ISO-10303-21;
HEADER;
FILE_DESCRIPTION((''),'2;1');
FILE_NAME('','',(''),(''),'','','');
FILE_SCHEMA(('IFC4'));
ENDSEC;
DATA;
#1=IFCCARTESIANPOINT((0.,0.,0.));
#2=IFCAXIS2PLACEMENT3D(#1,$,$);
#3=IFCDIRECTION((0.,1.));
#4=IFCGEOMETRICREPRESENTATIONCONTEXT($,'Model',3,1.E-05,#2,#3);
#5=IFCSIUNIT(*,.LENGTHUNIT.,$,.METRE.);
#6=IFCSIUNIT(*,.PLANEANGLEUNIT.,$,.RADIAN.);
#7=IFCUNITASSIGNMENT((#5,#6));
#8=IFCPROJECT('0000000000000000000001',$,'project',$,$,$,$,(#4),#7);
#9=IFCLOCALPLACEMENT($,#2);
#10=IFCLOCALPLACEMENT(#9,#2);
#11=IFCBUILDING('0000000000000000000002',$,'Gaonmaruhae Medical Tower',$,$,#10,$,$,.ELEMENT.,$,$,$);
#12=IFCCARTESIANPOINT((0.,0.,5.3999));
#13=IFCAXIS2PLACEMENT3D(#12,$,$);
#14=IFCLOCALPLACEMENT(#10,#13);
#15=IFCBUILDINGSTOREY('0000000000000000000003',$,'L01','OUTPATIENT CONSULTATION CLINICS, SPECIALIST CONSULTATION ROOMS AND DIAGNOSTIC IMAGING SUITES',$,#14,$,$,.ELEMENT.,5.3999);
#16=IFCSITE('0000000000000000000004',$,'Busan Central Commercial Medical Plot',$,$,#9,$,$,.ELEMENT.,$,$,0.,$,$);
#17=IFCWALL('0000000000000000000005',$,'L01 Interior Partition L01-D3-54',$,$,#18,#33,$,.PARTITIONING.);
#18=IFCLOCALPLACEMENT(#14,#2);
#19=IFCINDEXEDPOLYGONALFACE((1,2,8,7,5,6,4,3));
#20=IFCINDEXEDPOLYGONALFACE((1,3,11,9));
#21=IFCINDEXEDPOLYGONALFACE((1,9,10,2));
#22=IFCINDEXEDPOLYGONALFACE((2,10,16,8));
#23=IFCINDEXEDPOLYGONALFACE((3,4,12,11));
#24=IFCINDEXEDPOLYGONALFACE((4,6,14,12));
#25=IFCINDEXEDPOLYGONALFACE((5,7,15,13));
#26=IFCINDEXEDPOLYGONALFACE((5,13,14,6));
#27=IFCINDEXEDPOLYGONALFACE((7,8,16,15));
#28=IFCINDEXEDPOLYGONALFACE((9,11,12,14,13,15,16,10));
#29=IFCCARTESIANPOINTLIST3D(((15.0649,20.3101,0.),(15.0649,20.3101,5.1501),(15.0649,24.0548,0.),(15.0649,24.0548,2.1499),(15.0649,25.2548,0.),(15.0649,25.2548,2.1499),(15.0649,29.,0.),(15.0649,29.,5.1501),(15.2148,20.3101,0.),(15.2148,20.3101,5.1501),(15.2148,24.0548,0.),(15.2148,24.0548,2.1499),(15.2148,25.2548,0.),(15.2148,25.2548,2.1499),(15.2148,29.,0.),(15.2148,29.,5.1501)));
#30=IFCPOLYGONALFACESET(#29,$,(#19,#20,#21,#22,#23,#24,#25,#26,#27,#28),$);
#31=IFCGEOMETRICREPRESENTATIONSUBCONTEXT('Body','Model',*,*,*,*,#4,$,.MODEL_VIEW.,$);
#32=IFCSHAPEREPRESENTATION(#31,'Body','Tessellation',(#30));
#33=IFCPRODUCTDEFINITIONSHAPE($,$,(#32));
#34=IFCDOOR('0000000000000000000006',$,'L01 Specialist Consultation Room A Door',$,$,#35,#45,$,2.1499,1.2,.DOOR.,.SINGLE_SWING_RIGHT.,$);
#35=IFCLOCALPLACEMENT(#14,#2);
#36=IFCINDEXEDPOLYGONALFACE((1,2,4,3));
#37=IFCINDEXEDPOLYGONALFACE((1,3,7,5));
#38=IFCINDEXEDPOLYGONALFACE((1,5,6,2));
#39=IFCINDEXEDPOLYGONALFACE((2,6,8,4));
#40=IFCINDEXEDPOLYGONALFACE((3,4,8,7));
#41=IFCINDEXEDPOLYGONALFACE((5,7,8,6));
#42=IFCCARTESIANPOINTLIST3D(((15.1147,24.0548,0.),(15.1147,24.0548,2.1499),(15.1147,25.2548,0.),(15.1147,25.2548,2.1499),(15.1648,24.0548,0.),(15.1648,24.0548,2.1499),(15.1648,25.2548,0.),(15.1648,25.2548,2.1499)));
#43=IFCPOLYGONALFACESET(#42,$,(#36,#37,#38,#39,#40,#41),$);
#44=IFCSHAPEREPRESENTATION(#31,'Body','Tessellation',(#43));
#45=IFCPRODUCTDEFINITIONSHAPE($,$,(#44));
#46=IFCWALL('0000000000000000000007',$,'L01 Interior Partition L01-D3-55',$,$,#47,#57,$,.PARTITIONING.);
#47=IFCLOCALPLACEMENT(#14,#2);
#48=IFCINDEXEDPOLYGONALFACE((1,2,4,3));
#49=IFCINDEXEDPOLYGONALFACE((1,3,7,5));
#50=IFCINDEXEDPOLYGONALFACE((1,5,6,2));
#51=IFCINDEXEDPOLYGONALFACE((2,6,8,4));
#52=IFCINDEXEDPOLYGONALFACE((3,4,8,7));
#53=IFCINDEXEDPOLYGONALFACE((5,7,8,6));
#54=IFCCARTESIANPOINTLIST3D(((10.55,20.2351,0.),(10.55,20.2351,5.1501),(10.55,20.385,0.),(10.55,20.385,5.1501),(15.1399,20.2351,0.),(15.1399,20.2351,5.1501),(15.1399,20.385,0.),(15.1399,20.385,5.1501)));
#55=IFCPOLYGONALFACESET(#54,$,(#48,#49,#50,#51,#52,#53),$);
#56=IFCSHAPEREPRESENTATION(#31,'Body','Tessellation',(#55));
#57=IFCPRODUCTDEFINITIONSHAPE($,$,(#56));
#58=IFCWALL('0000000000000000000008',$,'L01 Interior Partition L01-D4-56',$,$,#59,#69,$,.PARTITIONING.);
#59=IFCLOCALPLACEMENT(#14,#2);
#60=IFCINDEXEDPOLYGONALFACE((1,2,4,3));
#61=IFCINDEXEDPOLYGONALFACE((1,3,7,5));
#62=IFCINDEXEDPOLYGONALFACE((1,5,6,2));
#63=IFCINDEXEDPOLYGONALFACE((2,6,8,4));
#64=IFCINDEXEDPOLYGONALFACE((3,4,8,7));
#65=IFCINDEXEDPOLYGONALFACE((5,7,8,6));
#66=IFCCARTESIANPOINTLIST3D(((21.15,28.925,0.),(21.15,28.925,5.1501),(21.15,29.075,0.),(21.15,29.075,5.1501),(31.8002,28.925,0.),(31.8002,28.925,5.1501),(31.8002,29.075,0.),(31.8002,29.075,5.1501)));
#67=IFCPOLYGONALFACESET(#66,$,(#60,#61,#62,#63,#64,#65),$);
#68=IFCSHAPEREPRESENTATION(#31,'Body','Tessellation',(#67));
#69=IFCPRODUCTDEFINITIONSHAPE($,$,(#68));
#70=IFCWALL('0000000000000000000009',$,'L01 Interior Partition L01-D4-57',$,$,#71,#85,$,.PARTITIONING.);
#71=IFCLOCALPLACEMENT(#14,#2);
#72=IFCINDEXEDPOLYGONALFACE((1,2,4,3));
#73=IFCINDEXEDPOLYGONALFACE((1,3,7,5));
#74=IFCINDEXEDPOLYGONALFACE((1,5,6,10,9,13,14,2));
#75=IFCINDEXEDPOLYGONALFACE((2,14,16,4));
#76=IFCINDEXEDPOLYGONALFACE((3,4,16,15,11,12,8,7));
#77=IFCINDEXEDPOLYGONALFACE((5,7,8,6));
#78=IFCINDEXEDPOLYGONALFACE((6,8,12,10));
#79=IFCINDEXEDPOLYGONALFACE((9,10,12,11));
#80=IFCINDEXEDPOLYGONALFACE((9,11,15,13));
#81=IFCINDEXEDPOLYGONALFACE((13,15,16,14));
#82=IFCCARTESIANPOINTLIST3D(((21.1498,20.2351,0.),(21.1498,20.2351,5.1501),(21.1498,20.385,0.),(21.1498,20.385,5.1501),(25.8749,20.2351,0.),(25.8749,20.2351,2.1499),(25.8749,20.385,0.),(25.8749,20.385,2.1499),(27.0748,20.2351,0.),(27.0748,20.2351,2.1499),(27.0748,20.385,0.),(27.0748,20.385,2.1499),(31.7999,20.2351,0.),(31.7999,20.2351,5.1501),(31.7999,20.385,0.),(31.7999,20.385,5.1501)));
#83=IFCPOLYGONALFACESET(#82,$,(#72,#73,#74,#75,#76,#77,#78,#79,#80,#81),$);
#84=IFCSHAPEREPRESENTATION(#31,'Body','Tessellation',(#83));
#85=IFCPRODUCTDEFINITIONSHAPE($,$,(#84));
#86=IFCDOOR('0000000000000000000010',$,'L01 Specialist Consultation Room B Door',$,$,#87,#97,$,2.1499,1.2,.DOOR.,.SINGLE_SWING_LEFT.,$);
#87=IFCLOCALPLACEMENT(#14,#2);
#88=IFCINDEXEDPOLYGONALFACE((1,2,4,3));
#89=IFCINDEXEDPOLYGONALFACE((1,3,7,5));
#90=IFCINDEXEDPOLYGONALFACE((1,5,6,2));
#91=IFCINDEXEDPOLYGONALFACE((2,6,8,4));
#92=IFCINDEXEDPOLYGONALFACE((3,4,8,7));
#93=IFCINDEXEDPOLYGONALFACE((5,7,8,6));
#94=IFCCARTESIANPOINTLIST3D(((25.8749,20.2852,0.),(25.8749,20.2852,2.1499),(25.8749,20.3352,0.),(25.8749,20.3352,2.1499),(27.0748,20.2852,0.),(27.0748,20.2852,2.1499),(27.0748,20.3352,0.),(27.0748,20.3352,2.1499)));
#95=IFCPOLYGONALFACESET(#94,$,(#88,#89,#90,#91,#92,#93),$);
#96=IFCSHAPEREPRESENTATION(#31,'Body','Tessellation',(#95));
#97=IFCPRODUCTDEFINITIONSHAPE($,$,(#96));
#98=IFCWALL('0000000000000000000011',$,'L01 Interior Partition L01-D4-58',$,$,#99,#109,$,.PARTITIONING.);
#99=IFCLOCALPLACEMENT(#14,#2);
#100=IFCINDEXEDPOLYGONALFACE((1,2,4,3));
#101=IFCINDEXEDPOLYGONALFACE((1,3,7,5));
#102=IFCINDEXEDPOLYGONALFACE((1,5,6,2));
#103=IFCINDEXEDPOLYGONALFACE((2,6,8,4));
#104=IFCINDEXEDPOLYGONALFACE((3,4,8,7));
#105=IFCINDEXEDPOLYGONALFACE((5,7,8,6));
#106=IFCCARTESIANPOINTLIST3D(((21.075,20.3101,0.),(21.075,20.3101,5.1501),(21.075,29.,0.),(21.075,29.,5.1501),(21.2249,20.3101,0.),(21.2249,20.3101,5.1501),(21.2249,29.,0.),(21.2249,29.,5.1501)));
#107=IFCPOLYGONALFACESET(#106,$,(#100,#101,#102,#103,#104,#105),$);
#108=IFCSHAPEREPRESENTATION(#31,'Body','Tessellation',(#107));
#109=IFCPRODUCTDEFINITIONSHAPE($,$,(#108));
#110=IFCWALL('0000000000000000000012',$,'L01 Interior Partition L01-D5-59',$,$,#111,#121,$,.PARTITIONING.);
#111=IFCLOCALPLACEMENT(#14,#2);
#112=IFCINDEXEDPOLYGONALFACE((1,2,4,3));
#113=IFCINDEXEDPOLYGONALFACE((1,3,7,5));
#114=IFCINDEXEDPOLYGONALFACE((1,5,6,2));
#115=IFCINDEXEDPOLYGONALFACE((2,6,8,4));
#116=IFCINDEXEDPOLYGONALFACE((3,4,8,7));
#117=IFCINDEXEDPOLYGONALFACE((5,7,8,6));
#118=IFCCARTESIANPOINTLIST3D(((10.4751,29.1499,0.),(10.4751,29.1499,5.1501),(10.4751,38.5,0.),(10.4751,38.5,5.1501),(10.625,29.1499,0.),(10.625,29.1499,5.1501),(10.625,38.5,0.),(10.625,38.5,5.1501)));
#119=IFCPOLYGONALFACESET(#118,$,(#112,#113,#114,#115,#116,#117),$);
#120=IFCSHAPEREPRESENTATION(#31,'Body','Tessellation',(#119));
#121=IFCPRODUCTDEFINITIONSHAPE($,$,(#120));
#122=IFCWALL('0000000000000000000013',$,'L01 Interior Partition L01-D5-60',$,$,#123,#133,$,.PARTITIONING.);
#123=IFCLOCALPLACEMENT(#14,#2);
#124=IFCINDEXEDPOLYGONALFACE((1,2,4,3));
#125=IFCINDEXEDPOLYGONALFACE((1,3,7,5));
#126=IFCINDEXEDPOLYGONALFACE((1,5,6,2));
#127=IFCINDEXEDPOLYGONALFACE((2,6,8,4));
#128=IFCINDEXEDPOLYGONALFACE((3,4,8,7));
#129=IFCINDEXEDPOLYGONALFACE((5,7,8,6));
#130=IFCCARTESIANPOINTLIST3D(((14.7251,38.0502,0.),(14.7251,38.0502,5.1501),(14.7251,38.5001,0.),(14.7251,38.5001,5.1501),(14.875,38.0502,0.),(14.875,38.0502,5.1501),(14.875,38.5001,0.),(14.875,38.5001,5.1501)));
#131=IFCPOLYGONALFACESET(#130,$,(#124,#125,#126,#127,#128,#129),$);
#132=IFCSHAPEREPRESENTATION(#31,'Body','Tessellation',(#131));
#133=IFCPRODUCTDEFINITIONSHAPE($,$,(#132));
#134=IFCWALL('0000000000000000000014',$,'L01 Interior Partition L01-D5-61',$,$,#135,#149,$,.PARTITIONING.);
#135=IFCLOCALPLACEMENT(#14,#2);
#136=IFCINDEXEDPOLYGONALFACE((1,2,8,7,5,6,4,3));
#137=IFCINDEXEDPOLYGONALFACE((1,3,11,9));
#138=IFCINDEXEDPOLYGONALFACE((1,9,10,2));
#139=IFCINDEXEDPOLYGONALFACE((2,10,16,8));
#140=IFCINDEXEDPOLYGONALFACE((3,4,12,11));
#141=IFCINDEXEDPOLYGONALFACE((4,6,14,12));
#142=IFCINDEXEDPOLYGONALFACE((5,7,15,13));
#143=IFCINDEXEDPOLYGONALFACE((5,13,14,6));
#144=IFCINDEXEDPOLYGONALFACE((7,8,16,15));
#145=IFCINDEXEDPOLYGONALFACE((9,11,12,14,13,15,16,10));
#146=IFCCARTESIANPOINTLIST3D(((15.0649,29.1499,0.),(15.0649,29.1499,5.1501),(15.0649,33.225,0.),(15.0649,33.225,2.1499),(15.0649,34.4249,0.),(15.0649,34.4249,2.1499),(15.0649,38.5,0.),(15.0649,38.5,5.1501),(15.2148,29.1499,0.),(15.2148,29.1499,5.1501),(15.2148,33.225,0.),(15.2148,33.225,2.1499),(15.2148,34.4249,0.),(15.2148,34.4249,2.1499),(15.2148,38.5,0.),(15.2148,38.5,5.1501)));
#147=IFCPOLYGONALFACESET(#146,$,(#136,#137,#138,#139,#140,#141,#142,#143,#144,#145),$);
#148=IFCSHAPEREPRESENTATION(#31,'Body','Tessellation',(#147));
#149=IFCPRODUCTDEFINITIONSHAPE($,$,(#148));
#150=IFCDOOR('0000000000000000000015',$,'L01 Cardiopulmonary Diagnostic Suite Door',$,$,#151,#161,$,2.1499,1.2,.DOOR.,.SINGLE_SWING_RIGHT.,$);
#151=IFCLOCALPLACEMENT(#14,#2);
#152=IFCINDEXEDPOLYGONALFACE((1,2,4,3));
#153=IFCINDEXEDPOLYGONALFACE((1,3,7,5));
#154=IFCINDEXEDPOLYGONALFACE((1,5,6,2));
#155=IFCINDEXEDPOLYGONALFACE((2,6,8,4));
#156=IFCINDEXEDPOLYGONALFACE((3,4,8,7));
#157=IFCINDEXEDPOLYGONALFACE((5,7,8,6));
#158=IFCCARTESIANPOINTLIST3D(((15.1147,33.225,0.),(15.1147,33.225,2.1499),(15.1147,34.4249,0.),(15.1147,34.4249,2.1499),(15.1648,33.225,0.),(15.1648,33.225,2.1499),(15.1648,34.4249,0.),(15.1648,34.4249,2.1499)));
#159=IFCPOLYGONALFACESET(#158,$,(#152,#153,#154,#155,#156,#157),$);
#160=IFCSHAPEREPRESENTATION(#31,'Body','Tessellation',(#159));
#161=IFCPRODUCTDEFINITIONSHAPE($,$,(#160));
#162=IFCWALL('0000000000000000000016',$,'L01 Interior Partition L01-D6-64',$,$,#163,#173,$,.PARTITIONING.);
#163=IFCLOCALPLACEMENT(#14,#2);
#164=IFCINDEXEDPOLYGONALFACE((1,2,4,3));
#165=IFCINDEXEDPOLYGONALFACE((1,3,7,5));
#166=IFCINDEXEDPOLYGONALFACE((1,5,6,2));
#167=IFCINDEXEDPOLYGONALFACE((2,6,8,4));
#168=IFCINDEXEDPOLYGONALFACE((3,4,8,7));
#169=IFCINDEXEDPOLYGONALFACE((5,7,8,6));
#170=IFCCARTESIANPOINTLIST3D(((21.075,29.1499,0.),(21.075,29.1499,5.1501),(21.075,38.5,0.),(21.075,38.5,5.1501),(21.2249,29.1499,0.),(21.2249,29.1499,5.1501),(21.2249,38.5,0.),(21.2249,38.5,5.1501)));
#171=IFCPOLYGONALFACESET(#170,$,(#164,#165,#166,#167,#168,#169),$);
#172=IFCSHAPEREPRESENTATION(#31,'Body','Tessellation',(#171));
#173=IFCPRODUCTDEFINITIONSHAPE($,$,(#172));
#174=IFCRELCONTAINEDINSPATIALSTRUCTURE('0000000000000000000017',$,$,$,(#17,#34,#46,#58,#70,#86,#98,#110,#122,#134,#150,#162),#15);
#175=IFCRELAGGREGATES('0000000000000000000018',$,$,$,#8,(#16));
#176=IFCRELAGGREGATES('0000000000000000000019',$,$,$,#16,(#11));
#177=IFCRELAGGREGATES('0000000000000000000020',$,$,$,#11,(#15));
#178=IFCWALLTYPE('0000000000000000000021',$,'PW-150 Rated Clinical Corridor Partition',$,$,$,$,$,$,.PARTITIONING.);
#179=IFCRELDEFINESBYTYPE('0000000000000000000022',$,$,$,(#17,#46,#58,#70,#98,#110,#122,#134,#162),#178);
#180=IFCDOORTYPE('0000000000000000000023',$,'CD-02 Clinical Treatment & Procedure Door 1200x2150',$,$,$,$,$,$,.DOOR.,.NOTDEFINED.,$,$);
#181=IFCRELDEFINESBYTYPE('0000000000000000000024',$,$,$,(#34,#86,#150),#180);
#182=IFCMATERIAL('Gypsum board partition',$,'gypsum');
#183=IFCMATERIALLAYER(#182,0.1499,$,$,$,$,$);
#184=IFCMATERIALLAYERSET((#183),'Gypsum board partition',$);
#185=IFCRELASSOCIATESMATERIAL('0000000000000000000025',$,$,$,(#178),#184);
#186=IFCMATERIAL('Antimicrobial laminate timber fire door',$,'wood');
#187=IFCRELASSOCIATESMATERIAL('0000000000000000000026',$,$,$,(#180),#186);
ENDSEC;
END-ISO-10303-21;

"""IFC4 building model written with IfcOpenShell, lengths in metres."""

from ifc_helpers import new_model, si_unit, direction, frame, frame_2d, origin, place, context, subcontext, project, spatial, rectangle, extrude, material, layer, layer_set, type_object, element, fill, save


model = new_model("IFC4")

# Units and contexts
model_context = context("Model", 3, precision=1e-05, world=origin(), true_north=direction((0.0, 1.0)))
body_context = subcontext(model_context, "Body", "Model", "MODEL_VIEW")
ifc_project = project(units=[si_unit("LENGTHUNIT", "METRE"), si_unit("PLANEANGLEUNIT", "RADIAN")], contexts=[model_context])

# Site, building, storey
site_placement = place(None, origin())
site = spatial("IfcSite", under=ifc_project, at=site_placement, Name="Busan Central Commercial Medical Plot", CompositionType="ELEMENT", RefElevation=0.0)
building_placement = place(site_placement, origin())
building = spatial("IfcBuilding", under=site, at=building_placement, Name="Gaonmaruhae Medical Tower", CompositionType="ELEMENT")
storey_placement = place(building_placement, frame((0.0, 0.0, 5.3999)))
storey = spatial("IfcBuildingStorey", under=building, at=storey_placement, Name="L01", Description="OUTPATIENT CONSULTATION CLINICS, SPECIALIST CONSULTATION ROOMS AND DIAGNOSTIC IMAGING SUITES", CompositionType="ELEMENT", Elevation=5.3999)

# Shared definitions
ifc_material_1 = material(Name="Gypsum board partition", Category="gypsum")
ifc_layer_1 = layer(ifc_material_1, 0.1499)
ifc_layer_set_1 = layer_set([ifc_layer_1], Name="Gypsum board partition")
wall_type_1 = type_object("IfcWallType", Name="PW-150 Rated Clinical Corridor Partition", PredefinedType="PARTITIONING", material=ifc_layer_set_1)

# Wall, opening, door
wall_1_placement = place(storey_placement, frame((15.1399, 29.0, 0.0), z_axis=(0.0, 0.0, 1.0), x_axis=(0.0, -1.0, 0.0)))
wall_1 = element("IfcWall", 1, at=wall_1_placement, inside=storey, type_object=wall_type_1, Name="L01 Interior Partition L01-D3-54", PredefinedType="PARTITIONING", context=body_context, shape_type="SweptSolid", body=[
    extrude(rectangle(XDim=8.6899, YDim=0.1499, at=frame_2d((4.345, 0.0))), origin(), (0.0, 0.0, 1.0), 5.1501),
])
opening_1_placement = place(wall_1_placement, frame((3.7451, 0.0, 0.0)))
opening_1 = element("IfcOpeningElement", 2, at=opening_1_placement, cuts=wall_1, PredefinedType="OPENING", context=body_context, shape_type="SweptSolid", body=[
    extrude(rectangle(XDim=1.2, YDim=2.1499, at=frame_2d((0.6001, 1.075))), frame((0.0, 0.085, 0.0), z_axis=(0.0, -1.0, 0.0), x_axis=(1.0, 0.0, 0.0)), (0.0, 0.0, 1.0), 0.1699),
])
ifc_material_2 = material(Name="Antimicrobial laminate timber fire door", Category="wood")
door_type_1 = type_object("IfcDoorType", Name="CD-02 Clinical Treatment & Procedure Door 1200x2150", OperationType="NOTDEFINED", PredefinedType="DOOR", material=ifc_material_2)
door_1_placement = place(opening_1_placement, origin())
door_1 = element("IfcDoor", 3, at=door_1_placement, inside=storey, type_object=door_type_1, Name="L01 Specialist Consultation Room A Door", OperationType="SINGLE_SWING_RIGHT", OverallHeight=2.1499, OverallWidth=1.2, PredefinedType="DOOR", context=body_context, shape_type="SweptSolid", body=[
    extrude(rectangle(XDim=1.2, YDim=2.1499, at=frame_2d((0.6001, 1.075))), frame((0.0, 0.0249, 0.0), z_axis=(0.0, -1.0, 0.0), x_axis=(1.0, 0.0, 0.0)), (0.0, 0.0, 1.0), 0.05),
])
fill(opening_1, door_1)

# Walls
wall_2_placement = place(storey_placement, frame((15.1399, 20.3101, 0.0), z_axis=(0.0, 0.0, 1.0), x_axis=(-1.0, 0.0, 0.0)))
element("IfcWall", 4, at=wall_2_placement, inside=storey, type_object=wall_type_1, Name="L01 Interior Partition L01-D3-55", PredefinedType="PARTITIONING", context=body_context, shape_type="SweptSolid", body=[
    extrude(rectangle(XDim=4.5898, YDim=0.1499, at=frame_2d((2.2949, 0.0))), origin(), (0.0, 0.0, 1.0), 5.1501),
])
wall_3_placement = place(storey_placement, frame((21.1499, 29.0, 0.0), z_axis=(0.0, 0.0, 1.0), x_axis=(1.0, 0.0, 0.0)))
element("IfcWall", 5, at=wall_3_placement, inside=storey, type_object=wall_type_1, Name="L01 Interior Partition L01-D4-56", PredefinedType="PARTITIONING", context=body_context, shape_type="SweptSolid", body=[
    extrude(rectangle(XDim=10.6501, YDim=0.1499, at=frame_2d((5.3252, 0.0))), origin(), (0.0, 0.0, 1.0), 5.1501),
])

# Wall, opening, door
wall_4_placement = place(storey_placement, frame((31.8, 20.3101, 0.0), z_axis=(0.0, 0.0, 1.0), x_axis=(-1.0, 0.0, 0.0)))
wall_4 = element("IfcWall", 6, at=wall_4_placement, inside=storey, type_object=wall_type_1, Name="L01 Interior Partition L01-D4-57", PredefinedType="PARTITIONING", context=body_context, shape_type="SweptSolid", body=[
    extrude(rectangle(XDim=10.6501, YDim=0.1499, at=frame_2d((5.3252, 0.0))), origin(), (0.0, 0.0, 1.0), 5.1501),
])
opening_2_placement = place(wall_4_placement, frame((4.7251, 0.0, 0.0)))
opening_2 = element("IfcOpeningElement", 7, at=opening_2_placement, cuts=wall_4, PredefinedType="OPENING", context=body_context, shape_type="SweptSolid", body=[
    extrude(rectangle(XDim=1.2, YDim=2.1499, at=frame_2d((0.6001, 1.075))), frame((0.0, 0.085, 0.0), z_axis=(0.0, -1.0, 0.0), x_axis=(1.0, 0.0, 0.0)), (0.0, 0.0, 1.0), 0.1699),
])
door_2_placement = place(opening_2_placement, origin())
door_2 = element("IfcDoor", 8, at=door_2_placement, inside=storey, type_object=door_type_1, Name="L01 Specialist Consultation Room B Door", OperationType="SINGLE_SWING_LEFT", OverallHeight=2.1499, OverallWidth=1.2, PredefinedType="DOOR", context=body_context, shape_type="SweptSolid", body=[
    extrude(rectangle(XDim=1.2, YDim=2.1499, at=frame_2d((0.6001, 1.075))), frame((0.0, 0.0249, 0.0), z_axis=(0.0, -1.0, 0.0), x_axis=(1.0, 0.0, 0.0)), (0.0, 0.0, 1.0), 0.05),
])
fill(opening_2, door_2)

# Walls
wall_5_placement = place(storey_placement, frame((21.1499, 20.3101, 0.0), z_axis=(0.0, 0.0, 1.0), x_axis=(0.0, 1.0, 0.0)))
element("IfcWall", 9, at=wall_5_placement, inside=storey, type_object=wall_type_1, Name="L01 Interior Partition L01-D4-58", PredefinedType="PARTITIONING", context=body_context, shape_type="SweptSolid", body=[
    extrude(rectangle(XDim=8.6899, YDim=0.1499, at=frame_2d((4.345, 0.0))), origin(), (0.0, 0.0, 1.0), 5.1501),
])
wall_6_placement = place(storey_placement, frame((10.55, 29.1499, 0.0), z_axis=(0.0, 0.0, 1.0), x_axis=(0.0, 1.0, 0.0)))
element("IfcWall", 10, at=wall_6_placement, inside=storey, type_object=wall_type_1, Name="L01 Interior Partition L01-D5-59", PredefinedType="PARTITIONING", context=body_context, shape_type="SweptSolid", body=[
    extrude(rectangle(XDim=9.3501, YDim=0.1499, at=frame_2d((4.675, 0.0))), origin(), (0.0, 0.0, 1.0), 5.1501),
])
wall_7_placement = place(storey_placement, frame((14.8, 38.05, 0.0), z_axis=(0.0, 0.0, 1.0), x_axis=(0.0, 1.0, 0.0)))
element("IfcWall", 11, at=wall_7_placement, inside=storey, type_object=wall_type_1, Name="L01 Interior Partition L01-D5-60", PredefinedType="PARTITIONING", context=body_context, shape_type="SweptSolid", body=[
    extrude(rectangle(XDim=0.45, YDim=0.1499, at=frame_2d((0.2251, 0.0))), origin(), (0.0, 0.0, 1.0), 5.1501),
])

# Wall, opening, door
wall_8_placement = place(storey_placement, frame((15.1399, 38.5, 0.0), z_axis=(0.0, 0.0, 1.0), x_axis=(0.0, -1.0, 0.0)))
wall_8 = element("IfcWall", 12, at=wall_8_placement, inside=storey, type_object=wall_type_1, Name="L01 Interior Partition L01-D5-61", PredefinedType="PARTITIONING", context=body_context, shape_type="SweptSolid", body=[
    extrude(rectangle(XDim=9.3501, YDim=0.1499, at=frame_2d((4.675, 0.0))), origin(), (0.0, 0.0, 1.0), 5.1501),
])
opening_3_placement = place(wall_8_placement, frame((4.075, 0.0, 0.0)))
opening_3 = element("IfcOpeningElement", 13, at=opening_3_placement, cuts=wall_8, PredefinedType="OPENING", context=body_context, shape_type="SweptSolid", body=[
    extrude(rectangle(XDim=1.2, YDim=2.1499, at=frame_2d((0.6001, 1.075))), frame((0.0, 0.085, 0.0), z_axis=(0.0, -1.0, 0.0), x_axis=(1.0, 0.0, 0.0)), (0.0, 0.0, 1.0), 0.1699),
])
door_3_placement = place(opening_3_placement, origin())
door_3 = element("IfcDoor", 14, at=door_3_placement, inside=storey, type_object=door_type_1, Name="L01 Cardiopulmonary Diagnostic Suite Door", OperationType="SINGLE_SWING_RIGHT", OverallHeight=2.1499, OverallWidth=1.2, PredefinedType="DOOR", context=body_context, shape_type="SweptSolid", body=[
    extrude(rectangle(XDim=1.2, YDim=2.1499, at=frame_2d((0.6001, 1.075))), frame((0.0, 0.0249, 0.0), z_axis=(0.0, -1.0, 0.0), x_axis=(1.0, 0.0, 0.0)), (0.0, 0.0, 1.0), 0.05),
])
fill(opening_3, door_3)

# Wall
wall_9_placement = place(storey_placement, frame((21.1499, 29.1499, 0.0), z_axis=(0.0, 0.0, 1.0), x_axis=(0.0, 1.0, 0.0)))
element("IfcWall", 15, at=wall_9_placement, inside=storey, type_object=wall_type_1, Name="L01 Interior Partition L01-D6-64", PredefinedType="PARTITIONING", context=body_context, shape_type="SweptSolid", body=[
    extrude(rectangle(XDim=9.3501, YDim=0.1499, at=frame_2d((4.675, 0.0))), origin(), (0.0, 0.0, 1.0), 5.1501),
])

save(model, "model.ifc")
